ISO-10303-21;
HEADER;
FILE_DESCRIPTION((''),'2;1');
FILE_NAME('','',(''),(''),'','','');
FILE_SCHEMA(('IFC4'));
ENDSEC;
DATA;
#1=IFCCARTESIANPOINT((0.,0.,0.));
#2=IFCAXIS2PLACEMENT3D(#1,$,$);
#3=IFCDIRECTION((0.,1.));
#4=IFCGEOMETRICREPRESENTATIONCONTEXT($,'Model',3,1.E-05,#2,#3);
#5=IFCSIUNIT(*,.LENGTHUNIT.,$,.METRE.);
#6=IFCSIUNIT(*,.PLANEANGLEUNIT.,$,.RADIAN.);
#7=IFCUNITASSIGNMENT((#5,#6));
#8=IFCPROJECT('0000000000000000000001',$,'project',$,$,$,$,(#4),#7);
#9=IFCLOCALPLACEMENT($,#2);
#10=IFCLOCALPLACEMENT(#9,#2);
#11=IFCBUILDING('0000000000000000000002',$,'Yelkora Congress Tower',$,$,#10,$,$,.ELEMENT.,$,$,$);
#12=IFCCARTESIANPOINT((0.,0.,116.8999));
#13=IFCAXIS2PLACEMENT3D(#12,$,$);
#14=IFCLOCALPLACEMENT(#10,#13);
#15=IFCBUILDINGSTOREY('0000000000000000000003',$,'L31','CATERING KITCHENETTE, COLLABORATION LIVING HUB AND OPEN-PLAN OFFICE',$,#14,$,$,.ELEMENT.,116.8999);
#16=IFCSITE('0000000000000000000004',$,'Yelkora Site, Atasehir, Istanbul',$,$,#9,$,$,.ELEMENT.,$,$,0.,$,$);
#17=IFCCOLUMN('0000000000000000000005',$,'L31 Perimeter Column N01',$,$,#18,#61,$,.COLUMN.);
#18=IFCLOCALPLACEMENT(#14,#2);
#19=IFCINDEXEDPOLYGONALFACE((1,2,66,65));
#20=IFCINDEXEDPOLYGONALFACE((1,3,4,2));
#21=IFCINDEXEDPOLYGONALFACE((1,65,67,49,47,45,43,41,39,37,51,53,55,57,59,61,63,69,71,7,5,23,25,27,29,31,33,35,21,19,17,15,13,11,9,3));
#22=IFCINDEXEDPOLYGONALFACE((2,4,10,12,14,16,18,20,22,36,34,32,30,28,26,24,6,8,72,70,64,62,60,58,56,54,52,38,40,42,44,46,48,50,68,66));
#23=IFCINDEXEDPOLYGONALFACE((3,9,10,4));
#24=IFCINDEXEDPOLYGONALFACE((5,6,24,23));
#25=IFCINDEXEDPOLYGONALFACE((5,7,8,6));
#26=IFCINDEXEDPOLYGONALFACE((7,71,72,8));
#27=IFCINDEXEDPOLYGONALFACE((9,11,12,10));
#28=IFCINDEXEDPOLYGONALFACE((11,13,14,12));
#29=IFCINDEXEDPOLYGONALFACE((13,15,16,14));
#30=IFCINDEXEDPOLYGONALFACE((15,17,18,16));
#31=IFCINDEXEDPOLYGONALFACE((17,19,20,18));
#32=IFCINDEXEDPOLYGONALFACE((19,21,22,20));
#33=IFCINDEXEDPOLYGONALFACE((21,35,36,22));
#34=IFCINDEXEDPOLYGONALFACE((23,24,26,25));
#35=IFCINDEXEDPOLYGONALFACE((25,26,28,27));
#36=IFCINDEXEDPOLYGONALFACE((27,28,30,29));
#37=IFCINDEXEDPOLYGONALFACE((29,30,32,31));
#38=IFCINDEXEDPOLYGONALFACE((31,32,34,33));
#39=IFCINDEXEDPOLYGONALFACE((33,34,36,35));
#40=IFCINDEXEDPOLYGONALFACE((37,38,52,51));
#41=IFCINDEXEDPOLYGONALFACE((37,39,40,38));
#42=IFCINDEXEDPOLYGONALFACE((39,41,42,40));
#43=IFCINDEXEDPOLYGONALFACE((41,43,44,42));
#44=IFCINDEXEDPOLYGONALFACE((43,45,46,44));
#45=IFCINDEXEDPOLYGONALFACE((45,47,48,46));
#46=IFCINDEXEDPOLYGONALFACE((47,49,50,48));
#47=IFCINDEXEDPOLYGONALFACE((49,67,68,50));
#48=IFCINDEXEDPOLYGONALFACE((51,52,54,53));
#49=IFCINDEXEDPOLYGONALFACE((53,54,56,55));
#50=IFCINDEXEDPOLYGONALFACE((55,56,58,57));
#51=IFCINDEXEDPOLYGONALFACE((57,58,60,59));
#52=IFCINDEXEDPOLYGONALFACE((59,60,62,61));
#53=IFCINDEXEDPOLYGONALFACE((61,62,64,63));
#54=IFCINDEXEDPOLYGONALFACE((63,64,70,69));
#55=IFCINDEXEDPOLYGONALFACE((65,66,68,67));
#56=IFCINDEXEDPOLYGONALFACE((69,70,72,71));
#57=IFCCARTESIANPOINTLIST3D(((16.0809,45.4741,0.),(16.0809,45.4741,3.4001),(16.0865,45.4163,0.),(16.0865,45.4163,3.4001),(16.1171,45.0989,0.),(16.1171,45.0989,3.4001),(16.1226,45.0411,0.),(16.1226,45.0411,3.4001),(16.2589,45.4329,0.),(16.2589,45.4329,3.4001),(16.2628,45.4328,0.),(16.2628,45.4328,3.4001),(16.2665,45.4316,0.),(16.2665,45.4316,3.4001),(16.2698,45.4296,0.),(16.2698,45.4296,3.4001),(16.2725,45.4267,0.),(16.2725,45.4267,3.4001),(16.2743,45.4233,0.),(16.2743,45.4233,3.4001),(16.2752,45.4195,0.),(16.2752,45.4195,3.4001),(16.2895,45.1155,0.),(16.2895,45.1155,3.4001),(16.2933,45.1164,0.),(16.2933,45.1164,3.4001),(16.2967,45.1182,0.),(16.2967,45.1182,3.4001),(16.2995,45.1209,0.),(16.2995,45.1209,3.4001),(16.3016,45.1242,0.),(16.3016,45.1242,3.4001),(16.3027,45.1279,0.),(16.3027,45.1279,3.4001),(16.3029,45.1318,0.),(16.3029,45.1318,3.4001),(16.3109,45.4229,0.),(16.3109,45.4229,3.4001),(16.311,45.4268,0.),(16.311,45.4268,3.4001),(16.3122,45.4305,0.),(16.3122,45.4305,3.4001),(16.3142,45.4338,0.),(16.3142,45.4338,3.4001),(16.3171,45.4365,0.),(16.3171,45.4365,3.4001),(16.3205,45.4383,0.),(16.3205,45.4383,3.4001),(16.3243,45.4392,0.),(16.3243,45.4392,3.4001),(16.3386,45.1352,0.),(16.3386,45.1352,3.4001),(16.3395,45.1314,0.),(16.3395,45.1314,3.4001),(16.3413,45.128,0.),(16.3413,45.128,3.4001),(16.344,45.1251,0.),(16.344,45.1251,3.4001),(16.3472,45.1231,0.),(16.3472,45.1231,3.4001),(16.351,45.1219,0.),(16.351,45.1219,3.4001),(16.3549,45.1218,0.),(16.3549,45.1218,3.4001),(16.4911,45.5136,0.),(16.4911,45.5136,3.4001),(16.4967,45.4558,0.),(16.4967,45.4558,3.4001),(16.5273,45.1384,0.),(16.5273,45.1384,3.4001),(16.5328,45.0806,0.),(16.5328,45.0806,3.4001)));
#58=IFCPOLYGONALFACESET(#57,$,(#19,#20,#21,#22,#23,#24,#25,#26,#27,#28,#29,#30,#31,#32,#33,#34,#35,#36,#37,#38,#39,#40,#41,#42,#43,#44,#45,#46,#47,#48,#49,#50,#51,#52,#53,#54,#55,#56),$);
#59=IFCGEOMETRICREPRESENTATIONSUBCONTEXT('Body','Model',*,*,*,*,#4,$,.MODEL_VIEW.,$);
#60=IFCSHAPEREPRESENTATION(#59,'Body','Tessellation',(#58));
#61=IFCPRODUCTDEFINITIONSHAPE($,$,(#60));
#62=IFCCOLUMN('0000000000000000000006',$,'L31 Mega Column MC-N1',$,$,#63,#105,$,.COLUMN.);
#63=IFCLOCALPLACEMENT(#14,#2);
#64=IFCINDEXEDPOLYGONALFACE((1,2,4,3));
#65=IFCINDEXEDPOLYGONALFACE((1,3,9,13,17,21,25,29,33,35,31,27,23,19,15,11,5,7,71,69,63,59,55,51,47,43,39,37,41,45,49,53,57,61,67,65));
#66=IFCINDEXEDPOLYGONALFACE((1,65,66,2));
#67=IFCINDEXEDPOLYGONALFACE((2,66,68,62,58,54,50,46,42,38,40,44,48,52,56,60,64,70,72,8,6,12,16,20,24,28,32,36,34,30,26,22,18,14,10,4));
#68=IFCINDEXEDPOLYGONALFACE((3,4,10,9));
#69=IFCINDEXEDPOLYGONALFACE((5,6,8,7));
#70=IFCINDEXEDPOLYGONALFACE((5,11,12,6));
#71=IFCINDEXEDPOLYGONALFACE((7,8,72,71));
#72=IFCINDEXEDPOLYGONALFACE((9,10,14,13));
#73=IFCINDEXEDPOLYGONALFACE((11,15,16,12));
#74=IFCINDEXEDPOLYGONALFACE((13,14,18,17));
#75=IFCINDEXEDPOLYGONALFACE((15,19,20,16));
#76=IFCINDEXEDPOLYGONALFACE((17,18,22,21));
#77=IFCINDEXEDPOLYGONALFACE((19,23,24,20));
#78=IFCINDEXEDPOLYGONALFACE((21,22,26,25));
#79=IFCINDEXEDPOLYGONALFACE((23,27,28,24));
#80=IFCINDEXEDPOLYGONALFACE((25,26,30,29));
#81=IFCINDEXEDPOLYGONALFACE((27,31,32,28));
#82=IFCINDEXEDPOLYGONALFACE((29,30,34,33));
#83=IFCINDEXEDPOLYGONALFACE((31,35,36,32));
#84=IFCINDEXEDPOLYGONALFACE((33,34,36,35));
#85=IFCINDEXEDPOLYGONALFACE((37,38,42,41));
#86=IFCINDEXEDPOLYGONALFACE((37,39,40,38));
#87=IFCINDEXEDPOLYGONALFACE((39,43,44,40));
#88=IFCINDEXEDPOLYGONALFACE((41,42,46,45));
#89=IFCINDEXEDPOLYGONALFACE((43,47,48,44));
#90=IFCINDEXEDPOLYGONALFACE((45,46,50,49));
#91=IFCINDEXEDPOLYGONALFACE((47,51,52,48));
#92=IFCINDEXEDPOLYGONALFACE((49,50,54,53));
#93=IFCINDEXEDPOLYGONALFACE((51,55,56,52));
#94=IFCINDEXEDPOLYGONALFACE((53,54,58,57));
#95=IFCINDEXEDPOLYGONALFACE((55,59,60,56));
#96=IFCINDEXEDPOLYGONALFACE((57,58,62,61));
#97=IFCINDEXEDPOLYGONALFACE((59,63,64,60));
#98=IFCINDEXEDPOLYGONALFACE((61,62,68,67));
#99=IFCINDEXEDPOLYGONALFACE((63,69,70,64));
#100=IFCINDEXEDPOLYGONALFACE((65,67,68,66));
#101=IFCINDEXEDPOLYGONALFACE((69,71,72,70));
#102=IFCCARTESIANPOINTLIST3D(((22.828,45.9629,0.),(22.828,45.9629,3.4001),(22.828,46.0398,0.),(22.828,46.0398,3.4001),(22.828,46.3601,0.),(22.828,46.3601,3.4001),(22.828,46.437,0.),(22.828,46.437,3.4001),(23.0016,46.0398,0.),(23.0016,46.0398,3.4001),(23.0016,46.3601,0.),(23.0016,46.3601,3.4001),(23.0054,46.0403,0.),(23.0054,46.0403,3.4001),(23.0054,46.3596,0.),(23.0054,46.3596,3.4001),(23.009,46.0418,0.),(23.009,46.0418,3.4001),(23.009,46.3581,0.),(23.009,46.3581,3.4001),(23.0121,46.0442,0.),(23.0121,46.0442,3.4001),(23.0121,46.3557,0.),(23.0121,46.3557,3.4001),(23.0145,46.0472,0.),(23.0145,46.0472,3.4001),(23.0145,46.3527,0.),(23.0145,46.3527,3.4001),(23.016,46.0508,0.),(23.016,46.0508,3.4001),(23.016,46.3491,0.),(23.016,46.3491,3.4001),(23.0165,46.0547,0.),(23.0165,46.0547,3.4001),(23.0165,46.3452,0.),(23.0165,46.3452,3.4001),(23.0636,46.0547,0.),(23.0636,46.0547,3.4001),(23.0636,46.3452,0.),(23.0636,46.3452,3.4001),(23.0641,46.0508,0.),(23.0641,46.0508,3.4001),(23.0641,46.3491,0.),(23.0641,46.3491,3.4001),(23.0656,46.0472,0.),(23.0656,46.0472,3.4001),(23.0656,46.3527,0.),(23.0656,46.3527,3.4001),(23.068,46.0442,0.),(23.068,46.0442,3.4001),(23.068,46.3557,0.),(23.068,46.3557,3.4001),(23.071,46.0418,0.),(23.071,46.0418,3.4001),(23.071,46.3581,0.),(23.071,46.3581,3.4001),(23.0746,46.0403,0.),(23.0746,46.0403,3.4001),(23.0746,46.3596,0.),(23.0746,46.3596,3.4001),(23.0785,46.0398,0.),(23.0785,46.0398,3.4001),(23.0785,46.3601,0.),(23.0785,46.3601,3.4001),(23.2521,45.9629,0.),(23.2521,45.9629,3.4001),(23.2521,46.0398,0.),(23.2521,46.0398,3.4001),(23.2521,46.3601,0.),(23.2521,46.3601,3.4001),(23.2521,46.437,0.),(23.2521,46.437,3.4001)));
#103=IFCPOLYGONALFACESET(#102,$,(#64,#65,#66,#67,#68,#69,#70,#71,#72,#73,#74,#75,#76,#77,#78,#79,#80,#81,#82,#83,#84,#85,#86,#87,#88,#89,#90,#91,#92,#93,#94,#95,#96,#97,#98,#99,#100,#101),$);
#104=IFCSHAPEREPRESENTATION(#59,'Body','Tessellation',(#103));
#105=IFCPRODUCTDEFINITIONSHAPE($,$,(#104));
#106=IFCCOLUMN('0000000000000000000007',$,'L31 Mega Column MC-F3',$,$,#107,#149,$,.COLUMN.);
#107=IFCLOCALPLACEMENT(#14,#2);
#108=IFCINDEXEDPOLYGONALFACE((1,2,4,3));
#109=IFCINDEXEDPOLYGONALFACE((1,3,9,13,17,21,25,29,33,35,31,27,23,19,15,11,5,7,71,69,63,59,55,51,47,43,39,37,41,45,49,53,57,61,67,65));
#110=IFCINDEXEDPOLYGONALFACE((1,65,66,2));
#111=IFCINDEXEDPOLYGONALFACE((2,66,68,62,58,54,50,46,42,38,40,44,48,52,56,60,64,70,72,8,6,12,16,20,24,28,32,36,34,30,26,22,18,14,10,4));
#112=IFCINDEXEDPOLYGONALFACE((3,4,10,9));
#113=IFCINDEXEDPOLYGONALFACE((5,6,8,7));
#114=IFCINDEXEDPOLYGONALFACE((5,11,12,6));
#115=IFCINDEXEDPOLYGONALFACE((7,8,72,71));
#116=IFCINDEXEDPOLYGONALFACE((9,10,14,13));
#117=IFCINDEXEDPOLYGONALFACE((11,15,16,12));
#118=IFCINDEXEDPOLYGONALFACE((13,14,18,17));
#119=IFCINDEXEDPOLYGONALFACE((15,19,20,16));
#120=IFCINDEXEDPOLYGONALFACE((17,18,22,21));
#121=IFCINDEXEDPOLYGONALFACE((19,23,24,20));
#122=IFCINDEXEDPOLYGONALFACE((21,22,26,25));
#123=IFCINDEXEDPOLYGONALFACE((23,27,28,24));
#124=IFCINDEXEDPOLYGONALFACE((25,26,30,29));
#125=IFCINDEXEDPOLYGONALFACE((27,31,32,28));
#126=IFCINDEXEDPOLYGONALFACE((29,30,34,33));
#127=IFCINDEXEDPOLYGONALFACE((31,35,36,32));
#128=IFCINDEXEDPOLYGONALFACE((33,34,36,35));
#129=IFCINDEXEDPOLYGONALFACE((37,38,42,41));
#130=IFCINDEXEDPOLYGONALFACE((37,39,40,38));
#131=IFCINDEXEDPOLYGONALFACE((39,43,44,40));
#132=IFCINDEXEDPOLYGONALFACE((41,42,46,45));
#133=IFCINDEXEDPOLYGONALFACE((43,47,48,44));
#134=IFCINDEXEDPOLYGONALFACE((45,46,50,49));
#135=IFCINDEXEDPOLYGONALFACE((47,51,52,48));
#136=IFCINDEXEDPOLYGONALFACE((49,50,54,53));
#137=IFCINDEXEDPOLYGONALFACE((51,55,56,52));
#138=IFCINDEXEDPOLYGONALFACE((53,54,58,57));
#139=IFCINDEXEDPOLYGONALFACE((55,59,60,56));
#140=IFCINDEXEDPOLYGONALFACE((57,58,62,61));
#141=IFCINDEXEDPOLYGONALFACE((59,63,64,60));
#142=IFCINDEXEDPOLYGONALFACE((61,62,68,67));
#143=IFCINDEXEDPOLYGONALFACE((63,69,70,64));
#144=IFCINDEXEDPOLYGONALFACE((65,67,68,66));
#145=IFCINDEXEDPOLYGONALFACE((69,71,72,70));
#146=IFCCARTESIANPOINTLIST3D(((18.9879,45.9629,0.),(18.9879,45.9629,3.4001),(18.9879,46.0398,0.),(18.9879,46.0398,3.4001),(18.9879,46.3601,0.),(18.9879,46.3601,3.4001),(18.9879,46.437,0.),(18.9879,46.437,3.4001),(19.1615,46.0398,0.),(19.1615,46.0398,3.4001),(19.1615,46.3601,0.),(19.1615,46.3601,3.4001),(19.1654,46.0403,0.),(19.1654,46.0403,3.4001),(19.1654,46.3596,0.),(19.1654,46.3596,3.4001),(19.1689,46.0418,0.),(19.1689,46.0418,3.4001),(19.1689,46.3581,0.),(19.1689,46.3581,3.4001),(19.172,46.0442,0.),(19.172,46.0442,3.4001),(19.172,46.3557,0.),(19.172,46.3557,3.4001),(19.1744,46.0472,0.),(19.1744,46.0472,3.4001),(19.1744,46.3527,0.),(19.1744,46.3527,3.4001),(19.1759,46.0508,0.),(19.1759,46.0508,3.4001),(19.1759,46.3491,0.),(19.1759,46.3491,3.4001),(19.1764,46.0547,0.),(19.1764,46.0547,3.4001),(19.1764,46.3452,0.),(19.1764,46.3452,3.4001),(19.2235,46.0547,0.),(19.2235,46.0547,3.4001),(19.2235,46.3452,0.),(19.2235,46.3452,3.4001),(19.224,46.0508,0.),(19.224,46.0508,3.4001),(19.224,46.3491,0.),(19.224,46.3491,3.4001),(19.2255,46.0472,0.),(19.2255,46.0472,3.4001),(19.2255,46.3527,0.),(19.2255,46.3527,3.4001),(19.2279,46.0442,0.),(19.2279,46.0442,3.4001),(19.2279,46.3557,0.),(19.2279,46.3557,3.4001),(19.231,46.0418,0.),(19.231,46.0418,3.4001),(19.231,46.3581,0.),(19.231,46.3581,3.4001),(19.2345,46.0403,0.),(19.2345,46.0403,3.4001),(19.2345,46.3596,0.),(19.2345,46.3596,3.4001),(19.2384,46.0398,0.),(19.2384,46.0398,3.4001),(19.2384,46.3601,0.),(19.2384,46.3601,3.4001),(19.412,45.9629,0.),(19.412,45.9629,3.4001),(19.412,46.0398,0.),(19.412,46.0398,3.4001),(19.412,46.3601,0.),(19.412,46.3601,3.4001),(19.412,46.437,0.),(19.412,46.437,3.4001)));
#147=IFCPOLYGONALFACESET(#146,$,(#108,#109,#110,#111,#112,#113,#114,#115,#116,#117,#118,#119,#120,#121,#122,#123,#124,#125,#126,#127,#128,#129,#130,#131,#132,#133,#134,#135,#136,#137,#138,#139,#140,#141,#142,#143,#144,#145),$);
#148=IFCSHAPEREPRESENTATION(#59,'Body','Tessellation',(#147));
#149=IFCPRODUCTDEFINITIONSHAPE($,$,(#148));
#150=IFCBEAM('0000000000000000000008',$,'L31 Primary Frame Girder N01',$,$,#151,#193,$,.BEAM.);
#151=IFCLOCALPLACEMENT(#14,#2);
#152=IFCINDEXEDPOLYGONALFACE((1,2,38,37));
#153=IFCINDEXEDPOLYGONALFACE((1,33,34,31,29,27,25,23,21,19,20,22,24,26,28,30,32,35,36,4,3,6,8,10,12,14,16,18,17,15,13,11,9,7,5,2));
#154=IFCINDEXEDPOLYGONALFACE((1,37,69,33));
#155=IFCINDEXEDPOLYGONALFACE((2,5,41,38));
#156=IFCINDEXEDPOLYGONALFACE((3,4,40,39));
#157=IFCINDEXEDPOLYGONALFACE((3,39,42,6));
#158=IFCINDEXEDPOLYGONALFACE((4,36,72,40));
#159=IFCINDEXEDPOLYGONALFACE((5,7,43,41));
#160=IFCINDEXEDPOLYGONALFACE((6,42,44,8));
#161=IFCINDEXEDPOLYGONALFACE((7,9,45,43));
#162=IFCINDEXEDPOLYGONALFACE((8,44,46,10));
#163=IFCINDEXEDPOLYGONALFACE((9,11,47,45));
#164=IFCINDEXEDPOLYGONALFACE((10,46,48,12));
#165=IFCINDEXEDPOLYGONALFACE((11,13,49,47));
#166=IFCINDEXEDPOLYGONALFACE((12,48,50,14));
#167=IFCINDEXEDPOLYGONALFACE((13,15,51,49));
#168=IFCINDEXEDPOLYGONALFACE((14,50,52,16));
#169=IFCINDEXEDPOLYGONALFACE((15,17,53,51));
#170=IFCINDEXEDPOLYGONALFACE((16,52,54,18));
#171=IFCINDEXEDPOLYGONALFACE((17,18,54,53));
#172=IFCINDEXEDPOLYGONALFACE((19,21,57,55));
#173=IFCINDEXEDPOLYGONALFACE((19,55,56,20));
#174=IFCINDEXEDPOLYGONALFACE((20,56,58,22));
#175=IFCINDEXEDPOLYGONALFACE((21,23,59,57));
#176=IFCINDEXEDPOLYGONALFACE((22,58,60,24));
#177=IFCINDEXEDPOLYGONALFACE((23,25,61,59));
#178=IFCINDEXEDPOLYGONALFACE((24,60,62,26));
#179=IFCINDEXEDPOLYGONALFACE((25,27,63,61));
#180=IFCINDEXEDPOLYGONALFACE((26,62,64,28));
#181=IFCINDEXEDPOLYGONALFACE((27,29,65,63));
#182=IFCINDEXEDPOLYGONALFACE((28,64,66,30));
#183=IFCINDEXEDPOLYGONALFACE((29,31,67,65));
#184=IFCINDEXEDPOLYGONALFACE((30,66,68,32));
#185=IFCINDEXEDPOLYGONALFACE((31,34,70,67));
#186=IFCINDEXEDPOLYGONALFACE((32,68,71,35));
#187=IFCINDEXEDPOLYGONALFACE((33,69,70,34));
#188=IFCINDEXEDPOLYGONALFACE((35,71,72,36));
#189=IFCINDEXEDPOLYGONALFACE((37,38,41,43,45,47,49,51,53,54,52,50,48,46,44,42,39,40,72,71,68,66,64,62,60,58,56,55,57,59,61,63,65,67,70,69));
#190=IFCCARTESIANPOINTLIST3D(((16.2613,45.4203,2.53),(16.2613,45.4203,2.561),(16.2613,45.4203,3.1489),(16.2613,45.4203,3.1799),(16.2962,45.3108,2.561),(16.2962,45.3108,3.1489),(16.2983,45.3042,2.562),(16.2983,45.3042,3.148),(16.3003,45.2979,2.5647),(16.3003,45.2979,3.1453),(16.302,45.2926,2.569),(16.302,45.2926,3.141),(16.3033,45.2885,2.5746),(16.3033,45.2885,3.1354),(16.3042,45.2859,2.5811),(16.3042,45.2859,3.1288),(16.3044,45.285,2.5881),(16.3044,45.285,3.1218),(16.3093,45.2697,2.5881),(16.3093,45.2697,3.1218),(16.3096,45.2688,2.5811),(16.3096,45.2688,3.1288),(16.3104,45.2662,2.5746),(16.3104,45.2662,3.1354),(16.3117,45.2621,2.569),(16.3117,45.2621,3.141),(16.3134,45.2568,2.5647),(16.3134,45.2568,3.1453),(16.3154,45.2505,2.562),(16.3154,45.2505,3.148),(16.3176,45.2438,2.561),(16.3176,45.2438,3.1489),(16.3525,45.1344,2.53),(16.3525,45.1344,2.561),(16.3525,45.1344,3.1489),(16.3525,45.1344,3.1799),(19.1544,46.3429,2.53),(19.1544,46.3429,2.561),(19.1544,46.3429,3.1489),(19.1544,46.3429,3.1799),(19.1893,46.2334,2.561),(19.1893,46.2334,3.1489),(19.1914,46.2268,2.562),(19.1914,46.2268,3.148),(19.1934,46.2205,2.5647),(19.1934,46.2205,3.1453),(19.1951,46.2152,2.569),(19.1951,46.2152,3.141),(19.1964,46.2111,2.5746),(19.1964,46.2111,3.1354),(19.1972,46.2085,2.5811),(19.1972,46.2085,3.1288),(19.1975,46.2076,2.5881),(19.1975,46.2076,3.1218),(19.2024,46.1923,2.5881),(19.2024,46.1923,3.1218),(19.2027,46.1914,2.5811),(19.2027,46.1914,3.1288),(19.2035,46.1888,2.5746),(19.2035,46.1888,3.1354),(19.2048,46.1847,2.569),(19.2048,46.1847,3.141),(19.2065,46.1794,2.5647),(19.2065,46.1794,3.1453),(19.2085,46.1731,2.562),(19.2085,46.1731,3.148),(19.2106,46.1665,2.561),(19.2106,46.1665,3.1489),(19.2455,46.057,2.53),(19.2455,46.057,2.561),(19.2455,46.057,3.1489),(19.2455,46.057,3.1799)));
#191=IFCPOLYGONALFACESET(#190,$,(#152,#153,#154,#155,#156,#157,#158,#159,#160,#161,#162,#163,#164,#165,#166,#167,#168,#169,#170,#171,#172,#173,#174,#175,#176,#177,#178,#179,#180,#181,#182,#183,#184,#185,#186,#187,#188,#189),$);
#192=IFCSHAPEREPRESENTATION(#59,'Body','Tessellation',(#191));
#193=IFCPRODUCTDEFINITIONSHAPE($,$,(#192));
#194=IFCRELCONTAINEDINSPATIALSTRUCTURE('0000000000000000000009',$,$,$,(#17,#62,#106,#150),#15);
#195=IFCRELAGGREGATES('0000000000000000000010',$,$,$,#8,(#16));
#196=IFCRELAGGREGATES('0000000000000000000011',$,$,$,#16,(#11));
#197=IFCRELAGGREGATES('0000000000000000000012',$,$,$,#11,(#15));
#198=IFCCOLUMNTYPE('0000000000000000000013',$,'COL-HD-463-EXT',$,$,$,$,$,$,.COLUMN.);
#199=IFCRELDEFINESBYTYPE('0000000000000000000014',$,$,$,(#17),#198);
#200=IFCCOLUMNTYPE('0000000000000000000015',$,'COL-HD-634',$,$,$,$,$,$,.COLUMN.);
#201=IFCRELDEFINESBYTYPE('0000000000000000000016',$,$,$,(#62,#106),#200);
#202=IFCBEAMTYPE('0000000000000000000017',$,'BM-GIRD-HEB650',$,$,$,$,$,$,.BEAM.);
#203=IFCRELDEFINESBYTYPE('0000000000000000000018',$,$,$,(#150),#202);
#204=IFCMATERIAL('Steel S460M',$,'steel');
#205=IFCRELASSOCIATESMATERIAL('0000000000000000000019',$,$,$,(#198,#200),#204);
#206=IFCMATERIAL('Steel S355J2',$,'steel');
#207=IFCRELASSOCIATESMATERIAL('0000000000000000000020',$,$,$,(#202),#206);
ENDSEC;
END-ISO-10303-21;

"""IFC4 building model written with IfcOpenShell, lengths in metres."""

from ifc_helpers import new_model, si_unit, direction, frame, origin, origin_2d, place, context, subcontext, project, spatial, i_section, extrude, material, material_profile, profile_set, type_object, element, save


model = new_model("IFC4")

# Units and contexts
model_context = context("Model", 3, precision=1e-05, world=origin(), true_north=direction((0.0, 1.0)))
body_context = subcontext(model_context, "Body", "Model", "MODEL_VIEW")
ifc_project = project(units=[si_unit("LENGTHUNIT", "METRE"), si_unit("PLANEANGLEUNIT", "RADIAN")], contexts=[model_context])

# Site, building, storey
site_placement = place(None, origin())
site = spatial("IfcSite", under=ifc_project, at=site_placement, Name="Yelkora Site, Atasehir, Istanbul", CompositionType="ELEMENT", RefElevation=0.0)
building_placement = place(site_placement, origin())
building = spatial("IfcBuilding", under=site, at=building_placement, Name="Yelkora Congress Tower", CompositionType="ELEMENT")
storey_placement = place(building_placement, frame((0.0, 0.0, 116.8999)))
storey = spatial("IfcBuildingStorey", under=building, at=storey_placement, Name="L31", Description="CATERING KITCHENETTE, COLLABORATION LIVING HUB AND OPEN-PLAN OFFICE", CompositionType="ELEMENT", Elevation=116.8999)

# Columns
ifc_material_1 = material(Name="Steel S460M", Category="steel")
ifc_material_profile_1 = material_profile(ifc_material_1, i_section(OverallWidth=0.4121, OverallDepth=0.4351, WebThickness=0.0359, FlangeThickness=0.0581, FilletRadius=0.0149, at=origin_2d()), Name="HD 400x463")
ifc_profile_set_1 = profile_set([ifc_material_profile_1], Name="Steel S460M")
column_type_1 = type_object("IfcColumnType", Name="COL-HD-463-EXT", PredefinedType="COLUMN", material=ifc_profile_set_1)
column_placement = place(storey_placement, frame((16.3069, 45.2773, 0.0), z_axis=(0.0, 0.0, 1.0), x_axis=(0.995396, 0.095846, 0.0)))
element("IfcColumn", 1, at=column_placement, inside=storey, type_object=column_type_1, Name="L31 Perimeter Column N01", PredefinedType="COLUMN", context=body_context, shape_type="SweptSolid", body=[
    extrude(i_section(OverallWidth=0.4121, OverallDepth=0.4351, WebThickness=0.0359, FlangeThickness=0.0581, FilletRadius=0.0149, at=origin_2d()), origin(), (0.0, 0.0, 1.0), 3.4001),
])
ifc_material_profile_2 = material_profile(ifc_material_1, i_section(OverallWidth=0.4241, OverallDepth=0.4741, WebThickness=0.0471, FlangeThickness=0.0769, FilletRadius=0.0149, at=origin_2d()), Name="HD 400x634")
ifc_profile_set_2 = profile_set([ifc_material_profile_2], Name="Steel S460M")
column_type_2 = type_object("IfcColumnType", Name="COL-HD-634", PredefinedType="COLUMN", material=ifc_profile_set_2)
for number, where, z_axis, x_axis, name in (
    (2, (23.04, 46.2, 0.0), (0.0, 0.0, 1.0), (1.0, 0.0, 0.0), "L31 Mega Column MC-N1"),
    (3, (19.2, 46.2, 0.0), (0.0, 0.0, 1.0), (1.0, 0.0, 0.0), "L31 Mega Column MC-F3"),
):
    element("IfcColumn", number, at=place(storey_placement, frame(where, z_axis=z_axis, x_axis=x_axis)), inside=storey, type_object=column_type_2, Name=name, PredefinedType="COLUMN", context=body_context, shape_type="SweptSolid", body=[
        extrude(i_section(OverallWidth=0.4241, OverallDepth=0.4741, WebThickness=0.0471, FlangeThickness=0.0769, FilletRadius=0.0149, at=origin_2d()), origin(), (0.0, 0.0, 1.0), 3.4001),
    ])

# Beam
ifc_material_2 = material(Name="Steel S355J2", Category="steel")
ifc_material_profile_3 = material_profile(ifc_material_2, i_section(OverallWidth=0.3, OverallDepth=0.6499, WebThickness=0.0161, FlangeThickness=0.031, FilletRadius=0.0271, at=origin_2d()), Name="HEB 650")
ifc_profile_set_3 = profile_set([ifc_material_profile_3], Name="Steel S355J2")
beam_type_1 = type_object("IfcBeamType", Name="BM-GIRD-HEB650", PredefinedType="BEAM", material=ifc_profile_set_3)
beam_1_placement = place(storey_placement, frame((16.3069, 45.2773, 2.855), z_axis=(0.952727, 0.303827, 0.0), x_axis=(-0.303827, 0.952727, 0.0)))
element("IfcBeam", 4, at=beam_1_placement, inside=storey, type_object=beam_type_1, Name="L31 Primary Frame Girder N01", PredefinedType="BEAM", context=body_context, shape_type="SweptSolid", body=[
    extrude(i_section(OverallWidth=0.3, OverallDepth=0.6499, WebThickness=0.0161, FlangeThickness=0.031, FilletRadius=0.0271, at=origin_2d()), origin(), (0.0, 0.0, 1.0), 3.0366),
])

save(model, "model.ifc")
